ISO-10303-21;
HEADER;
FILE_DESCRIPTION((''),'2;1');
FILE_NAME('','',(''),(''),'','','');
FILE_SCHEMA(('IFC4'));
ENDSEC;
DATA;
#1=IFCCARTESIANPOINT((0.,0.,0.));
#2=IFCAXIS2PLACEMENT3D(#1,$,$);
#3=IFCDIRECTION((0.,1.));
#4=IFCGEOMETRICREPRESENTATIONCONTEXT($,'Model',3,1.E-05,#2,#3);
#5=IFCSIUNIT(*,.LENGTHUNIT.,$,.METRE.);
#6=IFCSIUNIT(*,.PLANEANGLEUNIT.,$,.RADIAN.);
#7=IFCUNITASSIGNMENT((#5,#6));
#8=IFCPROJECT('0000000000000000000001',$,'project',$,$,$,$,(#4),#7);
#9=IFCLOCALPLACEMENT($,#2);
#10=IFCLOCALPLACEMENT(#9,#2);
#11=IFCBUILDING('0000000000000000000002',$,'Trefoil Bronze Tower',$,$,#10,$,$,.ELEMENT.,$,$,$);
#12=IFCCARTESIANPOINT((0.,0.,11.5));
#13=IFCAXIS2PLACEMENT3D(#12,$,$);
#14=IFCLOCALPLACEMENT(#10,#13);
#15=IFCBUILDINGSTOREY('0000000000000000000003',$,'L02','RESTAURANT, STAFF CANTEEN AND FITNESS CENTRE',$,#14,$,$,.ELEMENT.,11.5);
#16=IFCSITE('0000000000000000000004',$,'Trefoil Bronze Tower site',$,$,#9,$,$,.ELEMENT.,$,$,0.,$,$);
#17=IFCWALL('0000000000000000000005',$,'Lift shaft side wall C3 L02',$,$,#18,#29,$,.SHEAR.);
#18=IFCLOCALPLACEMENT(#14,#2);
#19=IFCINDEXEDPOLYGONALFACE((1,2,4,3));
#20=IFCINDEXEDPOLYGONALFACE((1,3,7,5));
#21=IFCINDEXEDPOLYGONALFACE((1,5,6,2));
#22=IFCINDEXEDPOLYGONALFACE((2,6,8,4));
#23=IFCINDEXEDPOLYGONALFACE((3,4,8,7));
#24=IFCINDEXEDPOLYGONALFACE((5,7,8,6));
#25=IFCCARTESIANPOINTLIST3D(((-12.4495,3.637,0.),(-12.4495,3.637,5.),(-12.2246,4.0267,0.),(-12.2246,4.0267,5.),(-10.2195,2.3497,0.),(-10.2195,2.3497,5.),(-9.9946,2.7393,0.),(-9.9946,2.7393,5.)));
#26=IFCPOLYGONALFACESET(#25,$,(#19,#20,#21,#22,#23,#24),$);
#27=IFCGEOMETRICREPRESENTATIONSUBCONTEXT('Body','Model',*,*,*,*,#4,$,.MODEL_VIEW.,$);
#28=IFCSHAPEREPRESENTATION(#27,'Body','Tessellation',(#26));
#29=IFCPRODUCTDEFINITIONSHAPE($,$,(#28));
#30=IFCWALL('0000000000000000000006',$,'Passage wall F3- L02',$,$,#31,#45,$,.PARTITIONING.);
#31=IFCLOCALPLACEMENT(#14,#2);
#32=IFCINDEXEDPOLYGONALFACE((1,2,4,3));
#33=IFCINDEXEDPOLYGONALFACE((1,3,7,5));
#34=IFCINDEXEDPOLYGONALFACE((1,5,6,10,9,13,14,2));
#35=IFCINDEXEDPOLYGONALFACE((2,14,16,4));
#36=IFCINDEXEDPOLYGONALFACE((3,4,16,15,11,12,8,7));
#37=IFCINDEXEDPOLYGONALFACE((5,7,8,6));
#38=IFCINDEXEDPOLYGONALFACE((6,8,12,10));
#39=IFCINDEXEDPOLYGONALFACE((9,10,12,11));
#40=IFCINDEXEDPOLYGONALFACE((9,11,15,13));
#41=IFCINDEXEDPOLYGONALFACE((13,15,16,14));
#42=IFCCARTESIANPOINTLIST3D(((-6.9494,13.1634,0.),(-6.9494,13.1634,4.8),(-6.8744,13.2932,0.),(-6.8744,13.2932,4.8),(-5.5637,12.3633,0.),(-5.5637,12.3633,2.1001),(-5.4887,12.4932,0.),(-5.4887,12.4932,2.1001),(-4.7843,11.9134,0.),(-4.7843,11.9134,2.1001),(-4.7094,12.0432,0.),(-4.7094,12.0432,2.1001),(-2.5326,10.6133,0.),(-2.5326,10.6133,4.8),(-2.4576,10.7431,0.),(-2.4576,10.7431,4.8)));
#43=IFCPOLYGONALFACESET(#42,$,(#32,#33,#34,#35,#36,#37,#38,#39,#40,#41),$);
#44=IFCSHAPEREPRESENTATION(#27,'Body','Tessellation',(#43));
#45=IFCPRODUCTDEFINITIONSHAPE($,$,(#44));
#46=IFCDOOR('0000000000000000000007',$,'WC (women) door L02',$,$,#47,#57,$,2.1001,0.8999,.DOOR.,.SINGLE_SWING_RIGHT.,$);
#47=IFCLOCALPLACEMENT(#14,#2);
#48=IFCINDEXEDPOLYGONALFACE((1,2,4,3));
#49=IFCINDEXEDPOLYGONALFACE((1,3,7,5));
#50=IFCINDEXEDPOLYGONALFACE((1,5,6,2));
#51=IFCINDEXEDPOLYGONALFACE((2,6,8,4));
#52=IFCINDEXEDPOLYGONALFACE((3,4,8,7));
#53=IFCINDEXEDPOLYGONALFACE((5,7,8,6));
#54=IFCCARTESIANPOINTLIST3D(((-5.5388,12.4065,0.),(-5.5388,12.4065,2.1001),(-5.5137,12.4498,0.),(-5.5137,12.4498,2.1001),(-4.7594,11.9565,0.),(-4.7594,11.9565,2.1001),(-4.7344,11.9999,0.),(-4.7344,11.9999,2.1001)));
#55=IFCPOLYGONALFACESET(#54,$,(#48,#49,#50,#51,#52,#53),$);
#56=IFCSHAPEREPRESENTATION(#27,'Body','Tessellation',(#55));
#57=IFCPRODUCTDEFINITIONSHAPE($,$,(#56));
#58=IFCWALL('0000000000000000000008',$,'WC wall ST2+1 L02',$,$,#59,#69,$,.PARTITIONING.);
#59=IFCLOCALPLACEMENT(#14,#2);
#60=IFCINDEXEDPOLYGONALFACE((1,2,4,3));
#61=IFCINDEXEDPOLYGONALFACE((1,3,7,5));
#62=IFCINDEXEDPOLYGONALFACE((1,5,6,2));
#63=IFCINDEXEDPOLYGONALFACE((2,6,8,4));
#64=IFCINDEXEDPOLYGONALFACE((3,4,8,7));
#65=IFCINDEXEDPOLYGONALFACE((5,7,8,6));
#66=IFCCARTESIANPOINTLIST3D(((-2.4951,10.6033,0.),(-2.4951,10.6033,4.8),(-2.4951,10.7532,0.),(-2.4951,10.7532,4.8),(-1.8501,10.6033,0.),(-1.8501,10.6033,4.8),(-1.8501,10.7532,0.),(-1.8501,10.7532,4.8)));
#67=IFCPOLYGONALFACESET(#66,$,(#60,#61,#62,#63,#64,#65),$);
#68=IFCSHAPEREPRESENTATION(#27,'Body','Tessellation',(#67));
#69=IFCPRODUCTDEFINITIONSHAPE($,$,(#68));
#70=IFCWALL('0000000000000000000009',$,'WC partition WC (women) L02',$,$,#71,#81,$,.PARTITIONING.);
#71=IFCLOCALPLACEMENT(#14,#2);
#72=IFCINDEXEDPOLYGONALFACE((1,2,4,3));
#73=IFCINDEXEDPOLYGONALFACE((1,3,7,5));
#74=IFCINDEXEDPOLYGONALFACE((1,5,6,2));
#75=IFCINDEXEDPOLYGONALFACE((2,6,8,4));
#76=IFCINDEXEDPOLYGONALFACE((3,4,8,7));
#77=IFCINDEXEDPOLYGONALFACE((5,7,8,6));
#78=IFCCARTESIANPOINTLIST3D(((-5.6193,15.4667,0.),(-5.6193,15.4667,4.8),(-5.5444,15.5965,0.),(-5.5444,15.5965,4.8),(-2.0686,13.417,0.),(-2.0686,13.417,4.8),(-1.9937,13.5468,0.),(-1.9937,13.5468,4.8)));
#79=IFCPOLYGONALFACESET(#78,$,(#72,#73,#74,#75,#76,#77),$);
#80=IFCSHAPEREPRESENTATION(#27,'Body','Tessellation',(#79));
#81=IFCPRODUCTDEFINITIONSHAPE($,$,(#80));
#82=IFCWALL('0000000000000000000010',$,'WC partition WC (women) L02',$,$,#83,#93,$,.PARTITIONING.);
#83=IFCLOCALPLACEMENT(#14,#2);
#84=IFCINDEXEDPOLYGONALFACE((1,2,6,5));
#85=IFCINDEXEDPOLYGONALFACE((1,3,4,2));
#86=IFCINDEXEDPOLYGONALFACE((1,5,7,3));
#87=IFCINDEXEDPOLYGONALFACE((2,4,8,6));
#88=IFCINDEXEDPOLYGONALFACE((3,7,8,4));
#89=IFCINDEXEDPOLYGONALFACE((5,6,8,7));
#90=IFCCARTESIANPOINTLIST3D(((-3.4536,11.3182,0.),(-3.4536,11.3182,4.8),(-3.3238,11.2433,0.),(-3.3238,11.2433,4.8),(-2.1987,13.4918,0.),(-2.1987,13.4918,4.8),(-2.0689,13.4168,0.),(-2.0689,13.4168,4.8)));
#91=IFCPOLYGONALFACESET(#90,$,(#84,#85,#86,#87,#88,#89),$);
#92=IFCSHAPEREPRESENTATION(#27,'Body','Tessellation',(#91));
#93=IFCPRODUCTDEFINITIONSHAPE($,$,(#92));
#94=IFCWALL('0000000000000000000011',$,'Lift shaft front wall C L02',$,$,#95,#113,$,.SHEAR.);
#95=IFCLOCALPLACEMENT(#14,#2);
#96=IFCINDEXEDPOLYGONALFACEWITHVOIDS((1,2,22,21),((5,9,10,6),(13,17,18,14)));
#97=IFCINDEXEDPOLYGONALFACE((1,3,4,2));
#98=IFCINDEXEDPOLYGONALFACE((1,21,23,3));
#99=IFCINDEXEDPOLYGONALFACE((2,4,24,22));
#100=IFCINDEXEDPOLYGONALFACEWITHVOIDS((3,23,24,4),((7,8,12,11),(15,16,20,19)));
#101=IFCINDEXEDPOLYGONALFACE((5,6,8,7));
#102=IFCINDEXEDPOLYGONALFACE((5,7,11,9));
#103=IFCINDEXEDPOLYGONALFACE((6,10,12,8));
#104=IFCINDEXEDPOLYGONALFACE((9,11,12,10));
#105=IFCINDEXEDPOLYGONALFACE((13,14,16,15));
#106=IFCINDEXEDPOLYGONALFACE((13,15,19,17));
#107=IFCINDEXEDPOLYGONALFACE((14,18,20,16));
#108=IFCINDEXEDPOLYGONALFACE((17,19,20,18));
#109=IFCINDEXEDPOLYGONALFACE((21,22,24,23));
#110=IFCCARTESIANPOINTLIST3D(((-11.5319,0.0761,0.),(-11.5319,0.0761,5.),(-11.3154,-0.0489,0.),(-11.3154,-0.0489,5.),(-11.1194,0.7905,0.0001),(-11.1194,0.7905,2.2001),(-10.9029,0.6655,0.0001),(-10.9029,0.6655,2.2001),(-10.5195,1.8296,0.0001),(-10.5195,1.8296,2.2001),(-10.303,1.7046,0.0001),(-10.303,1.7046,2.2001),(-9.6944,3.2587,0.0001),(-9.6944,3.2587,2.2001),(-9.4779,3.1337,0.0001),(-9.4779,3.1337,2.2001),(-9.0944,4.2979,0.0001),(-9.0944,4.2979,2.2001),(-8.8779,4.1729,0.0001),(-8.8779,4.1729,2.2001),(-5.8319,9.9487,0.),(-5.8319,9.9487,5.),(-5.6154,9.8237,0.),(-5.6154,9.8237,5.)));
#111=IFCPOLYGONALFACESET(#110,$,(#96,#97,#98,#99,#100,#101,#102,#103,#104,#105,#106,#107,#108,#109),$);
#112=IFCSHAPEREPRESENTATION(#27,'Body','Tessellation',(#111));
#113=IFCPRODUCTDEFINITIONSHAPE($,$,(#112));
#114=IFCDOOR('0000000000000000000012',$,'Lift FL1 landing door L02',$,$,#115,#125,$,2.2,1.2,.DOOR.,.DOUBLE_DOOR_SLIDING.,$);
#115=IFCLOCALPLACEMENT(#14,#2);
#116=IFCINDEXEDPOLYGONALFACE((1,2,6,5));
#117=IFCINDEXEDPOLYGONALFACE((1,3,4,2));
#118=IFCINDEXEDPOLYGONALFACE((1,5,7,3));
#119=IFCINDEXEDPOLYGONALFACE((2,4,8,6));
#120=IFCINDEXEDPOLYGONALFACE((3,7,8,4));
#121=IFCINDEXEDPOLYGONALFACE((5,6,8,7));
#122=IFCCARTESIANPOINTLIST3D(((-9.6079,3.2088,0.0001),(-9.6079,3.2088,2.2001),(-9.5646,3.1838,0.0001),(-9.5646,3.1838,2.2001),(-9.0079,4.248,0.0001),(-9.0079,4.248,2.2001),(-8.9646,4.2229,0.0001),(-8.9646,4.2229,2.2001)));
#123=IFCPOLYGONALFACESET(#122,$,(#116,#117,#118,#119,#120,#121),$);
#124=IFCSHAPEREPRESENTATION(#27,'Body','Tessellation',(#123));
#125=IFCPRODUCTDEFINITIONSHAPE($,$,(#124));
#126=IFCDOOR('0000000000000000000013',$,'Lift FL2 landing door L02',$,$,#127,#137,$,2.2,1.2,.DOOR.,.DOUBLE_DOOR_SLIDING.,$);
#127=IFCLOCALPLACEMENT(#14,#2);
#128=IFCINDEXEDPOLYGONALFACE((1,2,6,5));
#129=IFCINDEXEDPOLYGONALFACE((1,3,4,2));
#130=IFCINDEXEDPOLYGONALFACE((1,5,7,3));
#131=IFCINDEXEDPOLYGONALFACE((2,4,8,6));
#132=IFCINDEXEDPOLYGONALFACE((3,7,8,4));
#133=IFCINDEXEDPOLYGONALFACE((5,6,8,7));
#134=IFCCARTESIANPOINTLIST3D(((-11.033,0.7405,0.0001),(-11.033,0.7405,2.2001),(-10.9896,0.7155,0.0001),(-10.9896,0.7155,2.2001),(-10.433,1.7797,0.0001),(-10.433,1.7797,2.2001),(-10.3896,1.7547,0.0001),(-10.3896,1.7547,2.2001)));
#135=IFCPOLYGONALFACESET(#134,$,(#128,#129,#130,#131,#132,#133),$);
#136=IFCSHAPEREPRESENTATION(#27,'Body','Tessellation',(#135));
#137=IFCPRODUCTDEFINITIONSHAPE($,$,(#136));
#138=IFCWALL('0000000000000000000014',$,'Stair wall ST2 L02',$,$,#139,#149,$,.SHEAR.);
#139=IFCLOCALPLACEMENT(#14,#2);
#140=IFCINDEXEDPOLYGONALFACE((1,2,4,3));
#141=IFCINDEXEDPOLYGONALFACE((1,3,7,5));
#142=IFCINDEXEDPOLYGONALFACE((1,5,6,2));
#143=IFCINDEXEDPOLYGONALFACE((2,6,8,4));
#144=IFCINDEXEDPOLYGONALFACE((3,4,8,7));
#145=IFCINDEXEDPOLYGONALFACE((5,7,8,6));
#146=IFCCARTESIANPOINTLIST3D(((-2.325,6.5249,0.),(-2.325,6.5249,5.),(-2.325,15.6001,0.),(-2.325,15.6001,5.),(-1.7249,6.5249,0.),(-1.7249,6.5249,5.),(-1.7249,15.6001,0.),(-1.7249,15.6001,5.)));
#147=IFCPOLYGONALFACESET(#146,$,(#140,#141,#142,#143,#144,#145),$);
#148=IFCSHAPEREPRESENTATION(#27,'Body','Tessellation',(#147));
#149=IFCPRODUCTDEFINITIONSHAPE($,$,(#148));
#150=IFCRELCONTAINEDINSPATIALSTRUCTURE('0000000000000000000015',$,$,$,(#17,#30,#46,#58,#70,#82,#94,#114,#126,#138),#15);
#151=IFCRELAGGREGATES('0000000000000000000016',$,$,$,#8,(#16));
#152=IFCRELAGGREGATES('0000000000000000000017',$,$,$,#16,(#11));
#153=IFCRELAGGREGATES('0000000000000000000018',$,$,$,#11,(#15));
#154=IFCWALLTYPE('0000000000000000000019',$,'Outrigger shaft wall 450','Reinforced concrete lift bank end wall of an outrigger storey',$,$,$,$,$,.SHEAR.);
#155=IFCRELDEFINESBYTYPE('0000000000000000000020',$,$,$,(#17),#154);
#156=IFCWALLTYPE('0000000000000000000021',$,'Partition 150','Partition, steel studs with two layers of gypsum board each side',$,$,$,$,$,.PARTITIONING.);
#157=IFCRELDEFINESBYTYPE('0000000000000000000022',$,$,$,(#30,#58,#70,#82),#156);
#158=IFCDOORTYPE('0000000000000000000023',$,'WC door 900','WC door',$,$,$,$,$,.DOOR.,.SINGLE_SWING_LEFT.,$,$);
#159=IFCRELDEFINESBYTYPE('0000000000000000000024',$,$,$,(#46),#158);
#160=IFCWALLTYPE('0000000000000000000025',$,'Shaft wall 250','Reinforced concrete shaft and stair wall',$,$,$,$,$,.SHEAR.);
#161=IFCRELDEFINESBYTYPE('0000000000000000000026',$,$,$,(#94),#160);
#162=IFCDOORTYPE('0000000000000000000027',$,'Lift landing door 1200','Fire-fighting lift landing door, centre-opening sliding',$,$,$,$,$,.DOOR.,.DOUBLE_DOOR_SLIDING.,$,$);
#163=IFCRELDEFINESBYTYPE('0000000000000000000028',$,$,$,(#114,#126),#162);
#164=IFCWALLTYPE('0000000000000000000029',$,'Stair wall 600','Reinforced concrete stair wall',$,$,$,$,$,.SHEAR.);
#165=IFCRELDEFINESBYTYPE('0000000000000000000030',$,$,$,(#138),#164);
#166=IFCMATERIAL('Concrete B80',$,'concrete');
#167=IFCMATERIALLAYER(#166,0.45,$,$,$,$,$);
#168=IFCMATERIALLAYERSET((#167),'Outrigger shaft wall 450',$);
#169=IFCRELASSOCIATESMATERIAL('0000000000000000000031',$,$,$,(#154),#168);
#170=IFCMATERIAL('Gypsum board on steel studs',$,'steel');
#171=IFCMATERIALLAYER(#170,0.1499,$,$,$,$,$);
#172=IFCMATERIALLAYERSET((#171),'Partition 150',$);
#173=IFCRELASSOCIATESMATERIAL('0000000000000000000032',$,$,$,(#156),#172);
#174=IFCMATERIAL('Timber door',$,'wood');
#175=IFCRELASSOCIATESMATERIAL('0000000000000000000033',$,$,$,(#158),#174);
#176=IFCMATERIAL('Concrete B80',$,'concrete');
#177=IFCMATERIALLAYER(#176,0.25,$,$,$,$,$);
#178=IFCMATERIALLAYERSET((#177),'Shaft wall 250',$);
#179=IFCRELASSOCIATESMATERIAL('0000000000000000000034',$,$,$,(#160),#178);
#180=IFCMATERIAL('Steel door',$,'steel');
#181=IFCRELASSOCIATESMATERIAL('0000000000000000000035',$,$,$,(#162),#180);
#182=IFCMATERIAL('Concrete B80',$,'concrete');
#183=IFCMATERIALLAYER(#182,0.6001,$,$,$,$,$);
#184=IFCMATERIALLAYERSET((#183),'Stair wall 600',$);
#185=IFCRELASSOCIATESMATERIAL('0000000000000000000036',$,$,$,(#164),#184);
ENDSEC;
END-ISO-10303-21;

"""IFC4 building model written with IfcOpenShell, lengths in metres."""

from ifc_helpers import new_model, si_unit, direction, frame, frame_2d, origin, place, context, subcontext, project, spatial, rectangle, extrude, material, layer, layer_set, type_object, element, fill, save


model = new_model("IFC4")

# Units and contexts
model_context = context("Model", 3, precision=1e-05, world=origin(), true_north=direction((0.0, 1.0)))
body_context = subcontext(model_context, "Body", "Model", "MODEL_VIEW")
ifc_project = project(units=[si_unit("LENGTHUNIT", "METRE"), si_unit("PLANEANGLEUNIT", "RADIAN")], contexts=[model_context])

# Site, building, storey
site_placement = place(None, origin())
site = spatial("IfcSite", under=ifc_project, at=site_placement, Name="Trefoil Bronze Tower site", CompositionType="ELEMENT", RefElevation=0.0)
building_placement = place(site_placement, origin())
building = spatial("IfcBuilding", under=site, at=building_placement, Name="Trefoil Bronze Tower", CompositionType="ELEMENT")
storey_placement = place(building_placement, frame((0.0, 0.0, 11.5)))
storey = spatial("IfcBuildingStorey", under=building, at=storey_placement, Name="L02", Description="RESTAURANT, STAFF CANTEEN AND FITNESS CENTRE", CompositionType="ELEMENT", Elevation=11.5)

# Wall
ifc_material_1 = material(Name="Concrete B80", Category="concrete")
ifc_layer_1 = layer(ifc_material_1, 0.45)
ifc_layer_set_1 = layer_set([ifc_layer_1], Name="Outrigger shaft wall 450")
wall_type_1 = type_object("IfcWallType", Name="Outrigger shaft wall 450", Description="Reinforced concrete lift bank end wall of an outrigger storey", PredefinedType="SHEAR", material=ifc_layer_set_1)
for number, where, z_axis, x_axis, name in (
    (1, (-10.1069, 2.5444, 0.0), (0.0, 0.0, 1.0), (-0.866047, 0.499963, 0.0), "Lift shaft side wall C3 L02"),
):
    element("IfcWall", number, at=place(storey_placement, frame(where, z_axis=z_axis, x_axis=x_axis)), inside=storey, type_object=wall_type_1, Name=name, PredefinedType="SHEAR", context=body_context, shape_type="SweptSolid", body=[
        extrude(rectangle(XDim=2.575, YDim=0.45, at=frame_2d((1.2876, 0.0))), origin(), (0.0, 0.0, 1.0), 5.0),
    ])

# Wall, opening, door
ifc_material_2 = material(Name="Gypsum board on steel studs", Category="steel")
ifc_layer_2 = layer(ifc_material_2, 0.1499)
ifc_layer_set_2 = layer_set([ifc_layer_2], Name="Partition 150")
wall_type_2 = type_object("IfcWallType", Name="Partition 150", Description="Partition, steel studs with two layers of gypsum board each side", PredefinedType="PARTITIONING", material=ifc_layer_set_2)
wall_1_placement = place(storey_placement, frame((-2.4951, 10.6782, 0.0), z_axis=(0.0, 0.0, 1.0), x_axis=(-0.866022, 0.500006, 0.0)))
wall_1 = element("IfcWall", 2, at=wall_1_placement, inside=storey, type_object=wall_type_2, Name="Passage wall F3- L02", PredefinedType="PARTITIONING", context=body_context, shape_type="SweptSolid", body=[
    extrude(rectangle(XDim=5.1001, YDim=0.1499, at=frame_2d((2.55, 0.0))), origin(), (0.0, 0.0, 1.0), 4.8),
])
opening_1_placement = place(wall_1_placement, frame((2.6001, 0.0, 0.0)))
opening_1 = element("IfcOpeningElement", 3, at=opening_1_placement, cuts=wall_1, PredefinedType="OPENING", context=body_context, shape_type="SweptSolid", body=[
    extrude(rectangle(XDim=0.8999, YDim=2.1001, at=frame_2d((0.45, 1.05))), frame((0.0, 0.085, 0.0), z_axis=(0.0, -1.0, 0.0), x_axis=(1.0, 0.0, 0.0)), (0.0, 0.0, 1.0), 0.1699),
])
ifc_material_3 = material(Name="Timber door", Category="wood")
door_type_1 = type_object("IfcDoorType", Name="WC door 900", Description="WC door", OperationType="SINGLE_SWING_LEFT", PredefinedType="DOOR", material=ifc_material_3)
door_1_placement = place(opening_1_placement, frame((0.8999, 0.0, 0.0), z_axis=(0.0, 0.0, 1.0), x_axis=(-1.0, 0.0, 0.0)))
door_1 = element("IfcDoor", 4, at=door_1_placement, inside=storey, type_object=door_type_1, Name="WC (women) door L02", OperationType="SINGLE_SWING_RIGHT", OverallHeight=2.1001, OverallWidth=0.8999, PredefinedType="DOOR", context=body_context, shape_type="SweptSolid", body=[
    extrude(rectangle(XDim=0.8999, YDim=2.1001, at=frame_2d((0.45, 1.05))), frame((0.0, 0.0249, 0.0), z_axis=(0.0, -1.0, 0.0), x_axis=(1.0, 0.0, 0.0)), (0.0, 0.0, 1.0), 0.05),
])
fill(opening_1, door_1)

# Walls
wall_2_placement = place(storey_placement, frame((-2.4951, 10.6782, 0.0), z_axis=(0.0, 0.0, 1.0), x_axis=(1.0, 0.0, 0.0)))
element("IfcWall", 5, at=wall_2_placement, inside=storey, type_object=wall_type_2, Name="WC wall ST2+1 L02", PredefinedType="PARTITIONING", context=body_context, shape_type="SweptSolid", body=[
    extrude(rectangle(XDim=0.645, YDim=0.1499, at=frame_2d((0.3225, 0.0))), origin(), (0.0, 0.0, 1.0), 4.8),
])
wall_3_placement = place(storey_placement, frame((-2.0312, 13.4819, 0.0), z_axis=(0.0, 0.0, 1.0), x_axis=(-0.866051, 0.499956, 0.0)))
element("IfcWall", 6, at=wall_3_placement, inside=storey, type_object=wall_type_2, Name="WC partition WC (women) L02", PredefinedType="PARTITIONING", context=body_context, shape_type="SweptSolid", body=[
    extrude(rectangle(XDim=4.0999, YDim=0.1499, at=frame_2d((2.0498, 0.0))), origin(), (0.0, 0.0, 1.0), 4.8),
])
wall_4_placement = place(storey_placement, frame((-3.3887, 11.2808, 0.0), z_axis=(0.0, 0.0, 1.0), x_axis=(0.499989, 0.866032, 0.0)))
element("IfcWall", 7, at=wall_4_placement, inside=storey, type_object=wall_type_2, Name="WC partition WC (women) L02", PredefinedType="PARTITIONING", context=body_context, shape_type="SweptSolid", body=[
    extrude(rectangle(XDim=2.5098, YDim=0.1499, at=frame_2d((1.2549, 0.0))), origin(), (0.0, 0.0, 1.0), 4.8),
])

# Wall, openings, doors
ifc_material_4 = material(Name="Concrete B80", Category="concrete")
ifc_layer_3 = layer(ifc_material_4, 0.25)
ifc_layer_set_3 = layer_set([ifc_layer_3], Name="Shaft wall 250")
wall_type_3 = type_object("IfcWallType", Name="Shaft wall 250", Description="Reinforced concrete shaft and stair wall", PredefinedType="SHEAR", material=ifc_layer_set_3)
wall_5_placement = place(storey_placement, frame((-5.7236, 9.8862, 0.0), z_axis=(0.0, 0.0, 1.0), x_axis=(-0.500002, -0.866024, 0.0)))
wall_5 = element("IfcWall", 8, at=wall_5_placement, inside=storey, type_object=wall_type_3, Name="Lift shaft front wall C L02", PredefinedType="SHEAR", context=body_context, shape_type="SweptSolid", body=[
    extrude(rectangle(XDim=11.3999, YDim=0.25, at=frame_2d((5.7, 0.0))), origin(), (0.0, 0.0, 1.0), 5.0),
])
opening_2_placement = place(wall_5_placement, frame((6.5249, 0.0, 0.0)))
opening_2 = element("IfcOpeningElement", 9, at=opening_2_placement, cuts=wall_5, PredefinedType="OPENING", context=body_context, shape_type="SweptSolid", body=[
    extrude(rectangle(XDim=1.2, YDim=2.2, at=frame_2d((0.6001, 1.1001))), frame((0.0, 0.135, 0.0), z_axis=(0.0, -1.0, 0.0), x_axis=(1.0, 0.0, 0.0)), (0.0, 0.0, 1.0), 0.27),
])
opening_3_placement = place(wall_5_placement, frame((9.375, 0.0, 0.0)))
opening_3 = element("IfcOpeningElement", 10, at=opening_3_placement, cuts=wall_5, PredefinedType="OPENING", context=body_context, shape_type="SweptSolid", body=[
    extrude(rectangle(XDim=1.2, YDim=2.2, at=frame_2d((0.6001, 1.1001))), frame((0.0, 0.135, 0.0), z_axis=(0.0, -1.0, 0.0), x_axis=(1.0, 0.0, 0.0)), (0.0, 0.0, 1.0), 0.27),
])
ifc_material_5 = material(Name="Steel door", Category="steel")
door_type_2 = type_object("IfcDoorType", Name="Lift landing door 1200", Description="Fire-fighting lift landing door, centre-opening sliding", OperationType="DOUBLE_DOOR_SLIDING", PredefinedType="DOOR", material=ifc_material_5)
door_2_placement = place(opening_2_placement, origin())
door_2 = element("IfcDoor", 11, at=door_2_placement, inside=storey, type_object=door_type_2, Name="Lift FL1 landing door L02", OperationType="DOUBLE_DOOR_SLIDING", OverallHeight=2.2, OverallWidth=1.2, PredefinedType="DOOR", context=body_context, shape_type="SweptSolid", body=[
    extrude(rectangle(XDim=1.2, YDim=2.2, at=frame_2d((0.6001, 1.1001))), frame((0.0, 0.0249, 0.0), z_axis=(0.0, -1.0, 0.0), x_axis=(1.0, 0.0, 0.0)), (0.0, 0.0, 1.0), 0.05),
])
fill(opening_2, door_2)
door_3_placement = place(opening_3_placement, origin())
door_3 = element("IfcDoor", 12, at=door_3_placement, inside=storey, type_object=door_type_2, Name="Lift FL2 landing door L02", OperationType="DOUBLE_DOOR_SLIDING", OverallHeight=2.2, OverallWidth=1.2, PredefinedType="DOOR", context=body_context, shape_type="SweptSolid", body=[
    extrude(rectangle(XDim=1.2, YDim=2.2, at=frame_2d((0.6001, 1.1001))), frame((0.0, 0.0249, 0.0), z_axis=(0.0, -1.0, 0.0), x_axis=(1.0, 0.0, 0.0)), (0.0, 0.0, 1.0), 0.05),
])
fill(opening_3, door_3)

# Wall
ifc_material_6 = material(Name="Concrete B80", Category="concrete")
ifc_layer_4 = layer(ifc_material_6, 0.6001)
ifc_layer_set_4 = layer_set([ifc_layer_4], Name="Stair wall 600")
wall_type_4 = type_object("IfcWallType", Name="Stair wall 600", Description="Reinforced concrete stair wall", PredefinedType="SHEAR", material=ifc_layer_set_4)
wall_6_placement = place(storey_placement, frame((-2.0249, 6.5249, 0.0), z_axis=(0.0, 0.0, 1.0), x_axis=(0.0, 1.0, 0.0)))
element("IfcWall", 13, at=wall_6_placement, inside=storey, type_object=wall_type_4, Name="Stair wall ST2 L02", PredefinedType="SHEAR", context=body_context, shape_type="SweptSolid", body=[
    extrude(rectangle(XDim=9.0752, YDim=0.6001, at=frame_2d((4.5376, 0.0))), origin(), (0.0, 0.0, 1.0), 5.0),
])

save(model, "model.ifc")
